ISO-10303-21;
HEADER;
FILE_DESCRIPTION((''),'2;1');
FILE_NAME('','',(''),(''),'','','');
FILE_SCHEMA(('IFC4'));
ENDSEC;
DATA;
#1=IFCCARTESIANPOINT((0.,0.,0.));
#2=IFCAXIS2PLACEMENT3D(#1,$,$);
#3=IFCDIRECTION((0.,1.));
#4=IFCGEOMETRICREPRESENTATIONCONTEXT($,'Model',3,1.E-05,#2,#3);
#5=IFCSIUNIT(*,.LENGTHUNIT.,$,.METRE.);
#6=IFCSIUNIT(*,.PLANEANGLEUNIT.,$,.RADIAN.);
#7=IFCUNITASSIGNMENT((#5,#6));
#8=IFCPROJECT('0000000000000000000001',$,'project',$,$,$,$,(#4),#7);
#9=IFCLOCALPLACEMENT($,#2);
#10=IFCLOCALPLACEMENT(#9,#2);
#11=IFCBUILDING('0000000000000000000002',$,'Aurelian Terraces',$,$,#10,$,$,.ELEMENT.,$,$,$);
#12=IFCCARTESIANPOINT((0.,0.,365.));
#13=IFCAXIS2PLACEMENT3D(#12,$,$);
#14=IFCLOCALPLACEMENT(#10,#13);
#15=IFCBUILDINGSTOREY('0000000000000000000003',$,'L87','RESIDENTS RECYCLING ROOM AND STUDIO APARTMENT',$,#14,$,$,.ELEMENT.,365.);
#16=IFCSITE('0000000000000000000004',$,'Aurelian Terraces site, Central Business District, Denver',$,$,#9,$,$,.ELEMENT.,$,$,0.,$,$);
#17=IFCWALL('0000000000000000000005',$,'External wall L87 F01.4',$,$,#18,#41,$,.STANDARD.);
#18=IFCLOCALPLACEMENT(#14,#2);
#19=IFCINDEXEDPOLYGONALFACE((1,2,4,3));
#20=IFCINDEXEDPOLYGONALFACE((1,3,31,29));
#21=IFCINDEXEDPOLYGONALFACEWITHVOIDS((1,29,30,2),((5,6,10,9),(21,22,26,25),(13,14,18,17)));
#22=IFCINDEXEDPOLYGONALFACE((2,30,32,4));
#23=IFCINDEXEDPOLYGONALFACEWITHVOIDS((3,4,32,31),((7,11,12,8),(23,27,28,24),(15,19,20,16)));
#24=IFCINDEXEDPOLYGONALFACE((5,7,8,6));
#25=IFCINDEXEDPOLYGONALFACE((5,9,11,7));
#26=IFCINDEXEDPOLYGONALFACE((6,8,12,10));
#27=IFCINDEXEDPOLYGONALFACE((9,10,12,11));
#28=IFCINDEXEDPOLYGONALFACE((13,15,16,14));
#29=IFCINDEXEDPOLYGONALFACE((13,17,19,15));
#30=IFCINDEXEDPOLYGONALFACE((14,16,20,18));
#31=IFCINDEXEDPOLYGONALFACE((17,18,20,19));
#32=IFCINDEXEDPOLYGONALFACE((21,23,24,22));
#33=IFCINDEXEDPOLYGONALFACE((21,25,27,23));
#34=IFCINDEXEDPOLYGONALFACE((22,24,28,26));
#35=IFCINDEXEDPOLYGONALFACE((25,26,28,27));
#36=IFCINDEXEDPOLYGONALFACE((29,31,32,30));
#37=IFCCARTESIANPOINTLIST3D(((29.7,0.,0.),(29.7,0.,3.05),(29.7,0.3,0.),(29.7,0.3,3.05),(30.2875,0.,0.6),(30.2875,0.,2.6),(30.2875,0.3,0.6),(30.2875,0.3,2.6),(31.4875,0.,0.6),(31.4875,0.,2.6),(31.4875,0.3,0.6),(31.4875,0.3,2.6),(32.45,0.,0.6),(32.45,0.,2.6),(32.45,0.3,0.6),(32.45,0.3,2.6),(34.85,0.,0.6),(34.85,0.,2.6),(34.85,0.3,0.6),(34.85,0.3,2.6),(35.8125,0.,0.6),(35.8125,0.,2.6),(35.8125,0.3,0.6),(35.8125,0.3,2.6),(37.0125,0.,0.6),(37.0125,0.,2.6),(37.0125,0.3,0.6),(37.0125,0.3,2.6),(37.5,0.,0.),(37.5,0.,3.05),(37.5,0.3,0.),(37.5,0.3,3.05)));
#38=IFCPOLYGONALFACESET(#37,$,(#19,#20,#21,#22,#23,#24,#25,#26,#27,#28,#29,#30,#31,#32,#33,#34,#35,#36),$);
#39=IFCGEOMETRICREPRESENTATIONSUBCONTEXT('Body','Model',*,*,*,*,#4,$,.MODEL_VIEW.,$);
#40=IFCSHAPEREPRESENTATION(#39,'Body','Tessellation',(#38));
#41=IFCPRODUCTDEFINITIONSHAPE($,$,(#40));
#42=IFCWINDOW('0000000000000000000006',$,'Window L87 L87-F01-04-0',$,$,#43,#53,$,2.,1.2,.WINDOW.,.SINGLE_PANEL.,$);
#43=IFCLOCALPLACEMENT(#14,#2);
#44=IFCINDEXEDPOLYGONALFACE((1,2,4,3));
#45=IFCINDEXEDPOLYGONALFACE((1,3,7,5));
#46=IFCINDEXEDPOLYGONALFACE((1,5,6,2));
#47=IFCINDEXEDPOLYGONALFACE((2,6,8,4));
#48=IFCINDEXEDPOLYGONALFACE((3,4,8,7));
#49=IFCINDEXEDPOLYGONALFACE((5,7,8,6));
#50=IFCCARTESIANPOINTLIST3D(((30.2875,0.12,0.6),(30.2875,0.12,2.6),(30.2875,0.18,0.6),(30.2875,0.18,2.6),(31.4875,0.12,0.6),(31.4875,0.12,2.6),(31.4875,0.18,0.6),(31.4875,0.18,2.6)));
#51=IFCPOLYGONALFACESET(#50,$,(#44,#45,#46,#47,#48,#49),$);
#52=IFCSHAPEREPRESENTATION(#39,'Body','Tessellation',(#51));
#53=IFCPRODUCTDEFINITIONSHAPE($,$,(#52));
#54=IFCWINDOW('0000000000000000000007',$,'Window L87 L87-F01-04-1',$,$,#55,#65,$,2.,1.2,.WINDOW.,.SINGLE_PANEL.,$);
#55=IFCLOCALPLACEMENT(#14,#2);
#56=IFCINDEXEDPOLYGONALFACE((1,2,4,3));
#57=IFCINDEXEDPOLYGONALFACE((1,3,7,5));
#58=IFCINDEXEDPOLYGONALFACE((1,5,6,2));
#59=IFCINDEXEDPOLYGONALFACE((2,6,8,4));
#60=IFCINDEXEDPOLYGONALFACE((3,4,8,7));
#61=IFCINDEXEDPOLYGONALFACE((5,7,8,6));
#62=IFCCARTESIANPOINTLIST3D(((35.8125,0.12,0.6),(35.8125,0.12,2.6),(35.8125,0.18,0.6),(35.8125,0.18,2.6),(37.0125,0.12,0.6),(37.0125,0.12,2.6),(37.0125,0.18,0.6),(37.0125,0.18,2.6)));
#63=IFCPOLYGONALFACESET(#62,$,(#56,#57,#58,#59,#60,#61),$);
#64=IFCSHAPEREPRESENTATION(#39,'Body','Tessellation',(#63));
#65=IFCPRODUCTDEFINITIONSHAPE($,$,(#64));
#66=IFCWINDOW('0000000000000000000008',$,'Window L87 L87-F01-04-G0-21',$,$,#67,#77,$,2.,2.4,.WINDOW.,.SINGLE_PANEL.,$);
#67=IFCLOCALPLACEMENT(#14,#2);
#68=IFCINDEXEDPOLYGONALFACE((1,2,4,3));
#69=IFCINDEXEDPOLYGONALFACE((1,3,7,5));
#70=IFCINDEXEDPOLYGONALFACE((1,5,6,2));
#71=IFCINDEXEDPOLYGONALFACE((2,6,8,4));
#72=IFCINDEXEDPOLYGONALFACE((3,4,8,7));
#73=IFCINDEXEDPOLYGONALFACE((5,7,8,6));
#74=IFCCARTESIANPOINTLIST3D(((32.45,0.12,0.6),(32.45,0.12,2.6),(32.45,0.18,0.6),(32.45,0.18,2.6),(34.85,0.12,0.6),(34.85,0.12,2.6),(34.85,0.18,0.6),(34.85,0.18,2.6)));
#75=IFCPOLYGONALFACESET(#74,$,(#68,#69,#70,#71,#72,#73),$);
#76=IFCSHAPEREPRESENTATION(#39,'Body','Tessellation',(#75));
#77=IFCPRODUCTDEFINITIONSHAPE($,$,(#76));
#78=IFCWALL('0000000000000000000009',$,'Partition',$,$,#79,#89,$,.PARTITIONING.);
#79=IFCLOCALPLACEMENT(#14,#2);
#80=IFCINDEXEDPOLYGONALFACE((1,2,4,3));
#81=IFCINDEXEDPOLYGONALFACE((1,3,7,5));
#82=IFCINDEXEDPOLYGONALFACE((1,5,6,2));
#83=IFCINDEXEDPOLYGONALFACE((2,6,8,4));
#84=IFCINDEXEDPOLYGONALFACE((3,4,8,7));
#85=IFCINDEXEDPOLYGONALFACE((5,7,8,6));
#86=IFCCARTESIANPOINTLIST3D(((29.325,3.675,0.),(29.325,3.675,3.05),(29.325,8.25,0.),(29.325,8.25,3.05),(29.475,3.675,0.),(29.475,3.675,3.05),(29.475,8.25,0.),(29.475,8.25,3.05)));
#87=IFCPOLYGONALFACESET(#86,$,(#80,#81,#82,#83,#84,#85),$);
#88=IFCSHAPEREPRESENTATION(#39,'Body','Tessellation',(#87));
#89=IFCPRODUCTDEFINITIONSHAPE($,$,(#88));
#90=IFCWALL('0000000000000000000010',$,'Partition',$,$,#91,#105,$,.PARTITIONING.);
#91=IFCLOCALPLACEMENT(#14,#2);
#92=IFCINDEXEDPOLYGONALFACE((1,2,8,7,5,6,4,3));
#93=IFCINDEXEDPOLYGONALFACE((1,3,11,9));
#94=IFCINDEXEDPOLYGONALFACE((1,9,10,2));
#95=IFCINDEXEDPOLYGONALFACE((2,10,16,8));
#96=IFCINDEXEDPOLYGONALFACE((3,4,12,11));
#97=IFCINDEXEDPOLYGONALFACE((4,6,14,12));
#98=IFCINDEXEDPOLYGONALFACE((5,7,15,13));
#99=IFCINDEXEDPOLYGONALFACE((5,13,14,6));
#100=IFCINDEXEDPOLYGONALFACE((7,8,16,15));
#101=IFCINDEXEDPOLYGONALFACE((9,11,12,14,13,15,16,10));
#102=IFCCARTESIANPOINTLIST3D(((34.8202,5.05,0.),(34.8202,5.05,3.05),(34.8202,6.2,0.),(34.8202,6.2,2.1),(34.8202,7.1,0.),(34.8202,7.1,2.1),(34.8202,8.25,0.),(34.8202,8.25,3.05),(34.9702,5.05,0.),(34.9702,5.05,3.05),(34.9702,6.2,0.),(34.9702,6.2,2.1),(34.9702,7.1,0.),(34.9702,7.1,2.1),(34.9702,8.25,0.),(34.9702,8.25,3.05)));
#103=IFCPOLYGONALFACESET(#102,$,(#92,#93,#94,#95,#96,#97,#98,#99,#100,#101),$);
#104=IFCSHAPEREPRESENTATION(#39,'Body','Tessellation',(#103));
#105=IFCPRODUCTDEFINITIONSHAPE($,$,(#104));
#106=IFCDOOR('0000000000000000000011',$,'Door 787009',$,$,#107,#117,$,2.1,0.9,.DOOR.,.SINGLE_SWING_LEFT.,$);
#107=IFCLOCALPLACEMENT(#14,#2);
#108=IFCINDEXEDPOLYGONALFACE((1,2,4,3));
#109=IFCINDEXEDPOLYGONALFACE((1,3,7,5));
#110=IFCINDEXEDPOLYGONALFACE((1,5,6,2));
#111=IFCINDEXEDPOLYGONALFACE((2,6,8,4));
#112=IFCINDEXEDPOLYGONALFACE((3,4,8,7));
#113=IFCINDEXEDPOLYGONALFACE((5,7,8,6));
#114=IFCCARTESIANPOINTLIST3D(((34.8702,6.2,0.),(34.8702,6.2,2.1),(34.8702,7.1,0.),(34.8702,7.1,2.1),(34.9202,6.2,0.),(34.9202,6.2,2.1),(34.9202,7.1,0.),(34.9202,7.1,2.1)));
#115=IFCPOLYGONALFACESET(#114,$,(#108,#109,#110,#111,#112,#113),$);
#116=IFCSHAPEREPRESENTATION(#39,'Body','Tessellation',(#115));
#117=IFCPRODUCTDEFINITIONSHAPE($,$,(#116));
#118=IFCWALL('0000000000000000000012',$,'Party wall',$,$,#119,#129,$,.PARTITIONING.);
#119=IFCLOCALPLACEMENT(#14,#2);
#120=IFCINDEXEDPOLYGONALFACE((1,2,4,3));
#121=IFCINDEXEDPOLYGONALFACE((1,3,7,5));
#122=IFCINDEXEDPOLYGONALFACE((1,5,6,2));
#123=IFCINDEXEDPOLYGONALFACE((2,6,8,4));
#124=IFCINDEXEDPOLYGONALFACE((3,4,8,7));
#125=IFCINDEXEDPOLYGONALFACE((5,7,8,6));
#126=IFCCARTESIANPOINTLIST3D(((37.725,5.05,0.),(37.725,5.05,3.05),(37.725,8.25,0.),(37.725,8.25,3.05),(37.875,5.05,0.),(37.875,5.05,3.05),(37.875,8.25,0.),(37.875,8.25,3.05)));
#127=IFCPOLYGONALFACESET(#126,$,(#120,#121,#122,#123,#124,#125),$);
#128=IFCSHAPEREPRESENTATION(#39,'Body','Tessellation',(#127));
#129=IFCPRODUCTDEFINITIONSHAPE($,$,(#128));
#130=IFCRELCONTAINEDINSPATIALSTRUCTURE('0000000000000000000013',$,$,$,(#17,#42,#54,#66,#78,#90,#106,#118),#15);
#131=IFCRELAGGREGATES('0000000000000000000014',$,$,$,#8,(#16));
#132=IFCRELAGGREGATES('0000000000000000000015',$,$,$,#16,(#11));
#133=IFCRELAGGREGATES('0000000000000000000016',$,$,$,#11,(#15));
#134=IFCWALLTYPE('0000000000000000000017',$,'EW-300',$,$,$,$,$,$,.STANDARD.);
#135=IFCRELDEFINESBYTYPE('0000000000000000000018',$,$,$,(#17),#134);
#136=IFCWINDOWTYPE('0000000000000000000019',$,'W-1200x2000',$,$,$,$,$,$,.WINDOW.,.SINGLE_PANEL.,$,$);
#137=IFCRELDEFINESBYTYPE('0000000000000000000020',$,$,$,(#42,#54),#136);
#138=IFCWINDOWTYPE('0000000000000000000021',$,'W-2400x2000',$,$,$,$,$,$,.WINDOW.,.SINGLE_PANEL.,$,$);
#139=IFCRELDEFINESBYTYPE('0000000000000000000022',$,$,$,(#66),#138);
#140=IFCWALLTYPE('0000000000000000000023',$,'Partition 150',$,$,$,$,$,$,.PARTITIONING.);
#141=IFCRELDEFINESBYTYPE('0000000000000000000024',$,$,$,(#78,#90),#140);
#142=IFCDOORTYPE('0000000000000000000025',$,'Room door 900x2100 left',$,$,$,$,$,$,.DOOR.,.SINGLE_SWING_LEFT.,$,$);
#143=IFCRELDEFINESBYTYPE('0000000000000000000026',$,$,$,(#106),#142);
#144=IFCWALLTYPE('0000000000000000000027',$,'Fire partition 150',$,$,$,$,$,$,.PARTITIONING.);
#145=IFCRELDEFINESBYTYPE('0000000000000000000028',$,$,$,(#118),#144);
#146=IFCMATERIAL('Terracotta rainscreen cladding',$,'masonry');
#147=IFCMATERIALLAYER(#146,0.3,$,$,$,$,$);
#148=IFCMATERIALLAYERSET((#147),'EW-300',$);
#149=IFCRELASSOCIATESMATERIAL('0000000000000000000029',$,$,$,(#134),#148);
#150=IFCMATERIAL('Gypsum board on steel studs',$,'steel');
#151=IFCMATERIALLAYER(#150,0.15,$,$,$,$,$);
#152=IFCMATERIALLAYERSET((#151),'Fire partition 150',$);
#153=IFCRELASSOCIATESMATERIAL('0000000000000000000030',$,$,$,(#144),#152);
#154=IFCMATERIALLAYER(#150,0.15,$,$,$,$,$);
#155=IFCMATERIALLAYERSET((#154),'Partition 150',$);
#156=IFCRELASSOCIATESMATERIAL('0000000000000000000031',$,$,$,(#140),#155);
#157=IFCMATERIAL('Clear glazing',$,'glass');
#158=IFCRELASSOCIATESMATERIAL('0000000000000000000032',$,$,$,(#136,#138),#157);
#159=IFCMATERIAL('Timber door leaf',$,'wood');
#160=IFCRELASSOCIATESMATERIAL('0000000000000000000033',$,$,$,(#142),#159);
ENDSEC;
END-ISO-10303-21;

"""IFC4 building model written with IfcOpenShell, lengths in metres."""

from ifc_helpers import new_model, si_unit, direction, frame, frame_2d, origin, place, context, subcontext, project, spatial, rectangle, extrude, source, transform, mapped, material, layer, layer_set, type_object, element, fill, save


model = new_model("IFC4")

# Units and contexts
model_context = context("Model", 3, precision=1e-05, world=origin(), true_north=direction((0.0, 1.0)))
body_context = subcontext(model_context, "Body", "Model", "MODEL_VIEW")
ifc_project = project(units=[si_unit("LENGTHUNIT", "METRE"), si_unit("PLANEANGLEUNIT", "RADIAN")], contexts=[model_context])

# Site, building, storey
site_placement = place(None, origin())
site = spatial("IfcSite", under=ifc_project, at=site_placement, Name="Aurelian Terraces site, Central Business District, Denver", CompositionType="ELEMENT", RefElevation=0.0)
building_placement = place(site_placement, origin())
building = spatial("IfcBuilding", under=site, at=building_placement, Name="Aurelian Terraces", CompositionType="ELEMENT")
storey_placement = place(building_placement, frame((0.0, 0.0, 365.0)))
storey = spatial("IfcBuildingStorey", under=building, at=storey_placement, Name="L87", Description="RESIDENTS RECYCLING ROOM AND STUDIO APARTMENT", CompositionType="ELEMENT", Elevation=365.0)

# Shared definitions
ifc_material_1 = material(Name="Gypsum board on steel studs", Category="steel")
ifc_material_2 = material(Name="Terracotta rainscreen cladding", Category="masonry")
ifc_layer_1 = layer(ifc_material_2, 0.3)
ifc_layer_set_1 = layer_set([ifc_layer_1], Name="EW-300")
wall_type_1 = type_object("IfcWallType", Name="EW-300", PredefinedType="STANDARD", material=ifc_layer_set_1)
ifc_layer_2 = layer(ifc_material_1, 0.15)
ifc_layer_set_2 = layer_set([ifc_layer_2], Name="Fire partition 150")
wall_type_2 = type_object("IfcWallType", Name="Fire partition 150", PredefinedType="PARTITIONING", material=ifc_layer_set_2)

# Shared definitions
ifc_layer_3 = layer(ifc_material_1, 0.15)
ifc_layer_set_3 = layer_set([ifc_layer_3], Name="Partition 150")
wall_type_3 = type_object("IfcWallType", Name="Partition 150", PredefinedType="PARTITIONING", material=ifc_layer_set_3)
shared_shape_1 = source(origin(), body_context, "Body", "SweptSolid", [
    extrude(rectangle(XDim=0.9, YDim=2.1, at=frame_2d((0.45, 1.05))), frame((0.0, 0.085, 0.0), z_axis=(0.0, -1.0, 0.0), x_axis=(1.0, 0.0, 0.0)), (0.0, 0.0, 1.0), 0.17),
])
ifc_material_3 = material(Name="Timber door leaf", Category="wood")
shared_shape_2 = source(origin(), body_context, "Body", "SweptSolid", [
    extrude(rectangle(XDim=0.9, YDim=2.1, at=frame_2d((0.45, 1.05))), frame((0.0, 0.025, 0.0), z_axis=(0.0, -1.0, 0.0), x_axis=(1.0, 0.0, 0.0)), (0.0, 0.0, 1.0), 0.05),
])

# Wall, openings, windows
shared_shape_3 = source(origin(), body_context, "Body", "SweptSolid", [
    extrude(rectangle(XDim=7.8, YDim=0.3, at=frame_2d((3.9, 0.0))), origin(), (0.0, 0.0, 1.0), 3.05),
])
wall_1_placement = place(storey_placement, frame((29.7, 0.15, 0.0), z_axis=(0.0, 0.0, 1.0), x_axis=(1.0, 0.0, 0.0)))
wall_1 = element("IfcWall", 1, at=wall_1_placement, inside=storey, type_object=wall_type_1, Name="External wall L87 F01.4", PredefinedType="STANDARD", context=body_context, shape_type="MappedRepresentation", body=[
    mapped(shared_shape_3, transform((0.0, 0.0, 0.0), scale=1.0)),
])
shared_shape_4 = source(origin(), body_context, "Body", "SweptSolid", [
    extrude(rectangle(XDim=1.2, YDim=2.0, at=frame_2d((0.6, 1.0))), frame((0.0, 0.16, 0.0), z_axis=(0.0, -1.0, 0.0), x_axis=(1.0, 0.0, 0.0)), (0.0, 0.0, 1.0), 0.32),
])
opening_1_placement = place(wall_1_placement, frame((0.5875, 0.0, 0.6)))
opening_1 = element("IfcOpeningElement", 2, at=opening_1_placement, cuts=wall_1, PredefinedType="OPENING", context=body_context, shape_type="MappedRepresentation", body=[
    mapped(shared_shape_4, transform((0.0, 0.0, 0.0), scale=1.0)),
])
opening_2_placement = place(wall_1_placement, frame((6.1125, 0.0, 0.6)))
opening_2 = element("IfcOpeningElement", 3, at=opening_2_placement, cuts=wall_1, PredefinedType="OPENING", context=body_context, shape_type="MappedRepresentation", body=[
    mapped(shared_shape_4, transform((0.0, 0.0, 0.0), scale=1.0)),
])
shared_shape_5 = source(origin(), body_context, "Body", "SweptSolid", [
    extrude(rectangle(XDim=2.4, YDim=2.0, at=frame_2d((1.2, 1.0))), frame((0.0, 0.16, 0.0), z_axis=(0.0, -1.0, 0.0), x_axis=(1.0, 0.0, 0.0)), (0.0, 0.0, 1.0), 0.32),
])
opening_3_placement = place(wall_1_placement, frame((2.75, 0.0, 0.6)))
opening_3 = element("IfcOpeningElement", 4, at=opening_3_placement, cuts=wall_1, PredefinedType="OPENING", context=body_context, shape_type="MappedRepresentation", body=[
    mapped(shared_shape_5, transform((0.0, 0.0, 0.0), scale=1.0)),
])
ifc_material_4 = material(Name="Clear glazing", Category="glass")
window_type_1 = type_object("IfcWindowType", Name="W-1200x2000", PartitioningType="SINGLE_PANEL", PredefinedType="WINDOW", material=ifc_material_4)
shared_shape_6 = source(origin(), body_context, "Body", "SweptSolid", [
    extrude(rectangle(XDim=1.2, YDim=2.0, at=frame_2d((0.6, 1.0))), frame((0.0, 0.03, 0.0), z_axis=(0.0, -1.0, 0.0), x_axis=(1.0, 0.0, 0.0)), (0.0, 0.0, 1.0), 0.06),
])
window_1_placement = place(opening_1_placement, origin())
window_1 = element("IfcWindow", 5, at=window_1_placement, inside=storey, type_object=window_type_1, Name="Window L87 L87-F01-04-0", OverallHeight=2.0, OverallWidth=1.2, PartitioningType="SINGLE_PANEL", PredefinedType="WINDOW", context=body_context, shape_type="MappedRepresentation", body=[
    mapped(shared_shape_6, transform((0.0, 0.0, 0.0), scale=1.0)),
])
fill(opening_1, window_1)
window_2_placement = place(opening_2_placement, origin())
window_2 = element("IfcWindow", 6, at=window_2_placement, inside=storey, type_object=window_type_1, Name="Window L87 L87-F01-04-1", OverallHeight=2.0, OverallWidth=1.2, PartitioningType="SINGLE_PANEL", PredefinedType="WINDOW", context=body_context, shape_type="MappedRepresentation", body=[
    mapped(shared_shape_6, transform((0.0, 0.0, 0.0), scale=1.0)),
])
fill(opening_2, window_2)
window_type_2 = type_object("IfcWindowType", Name="W-2400x2000", PartitioningType="SINGLE_PANEL", PredefinedType="WINDOW", material=ifc_material_4)
shared_shape_7 = source(origin(), body_context, "Body", "SweptSolid", [
    extrude(rectangle(XDim=2.4, YDim=2.0, at=frame_2d((1.2, 1.0))), frame((0.0, 0.03, 0.0), z_axis=(0.0, -1.0, 0.0), x_axis=(1.0, 0.0, 0.0)), (0.0, 0.0, 1.0), 0.06),
])
window_3_placement = place(opening_3_placement, origin())
window_3 = element("IfcWindow", 7, at=window_3_placement, inside=storey, type_object=window_type_2, Name="Window L87 L87-F01-04-G0-21", OverallHeight=2.0, OverallWidth=2.4, PartitioningType="SINGLE_PANEL", PredefinedType="WINDOW", context=body_context, shape_type="MappedRepresentation", body=[
    mapped(shared_shape_7, transform((0.0, 0.0, 0.0), scale=1.0)),
])
fill(opening_3, window_3)

# Wall
shared_shape_8 = source(origin(), body_context, "Body", "SweptSolid", [
    extrude(rectangle(XDim=4.575, YDim=0.15, at=frame_2d((2.2875, 0.0))), origin(), (0.0, 0.0, 1.0), 3.05),
])
wall_2_placement = place(storey_placement, frame((29.4, 3.675, 0.0), z_axis=(0.0, 0.0, 1.0), x_axis=(0.0, 1.0, 0.0)))
element("IfcWall", 8, at=wall_2_placement, inside=storey, type_object=wall_type_3, Name="Partition", PredefinedType="PARTITIONING", context=body_context, shape_type="MappedRepresentation", body=[
    mapped(shared_shape_8, transform((0.0, 0.0, 0.0), scale=1.0)),
])

# Wall, opening, door
shared_shape_9 = source(origin(), body_context, "Body", "SweptSolid", [
    extrude(rectangle(XDim=3.2, YDim=0.15, at=frame_2d((1.6, 0.0))), origin(), (0.0, 0.0, 1.0), 3.05),
])
wall_3_placement = place(storey_placement, frame((34.8952, 5.05, 0.0), z_axis=(0.0, 0.0, 1.0), x_axis=(0.0, 1.0, 0.0)))
wall_3 = element("IfcWall", 9, at=wall_3_placement, inside=storey, type_object=wall_type_3, Name="Partition", PredefinedType="PARTITIONING", context=body_context, shape_type="MappedRepresentation", body=[
    mapped(shared_shape_9, transform((0.0, 0.0, 0.0), scale=1.0)),
])
opening_4_placement = place(wall_3_placement, frame((1.15, 0.0, 0.0)))
opening_4 = element("IfcOpeningElement", 10, at=opening_4_placement, cuts=wall_3, PredefinedType="OPENING", context=body_context, shape_type="MappedRepresentation", body=[
    mapped(shared_shape_1, transform((0.0, 0.0, 0.0), scale=1.0)),
])
door_type_1 = type_object("IfcDoorType", Name="Room door 900x2100 left", OperationType="SINGLE_SWING_LEFT", PredefinedType="DOOR", material=ifc_material_3)
door_1_placement = place(opening_4_placement, origin())
door_1 = element("IfcDoor", 11, at=door_1_placement, inside=storey, type_object=door_type_1, Name="Door 787009", OperationType="SINGLE_SWING_LEFT", OverallHeight=2.1, OverallWidth=0.9, PredefinedType="DOOR", context=body_context, shape_type="MappedRepresentation", body=[
    mapped(shared_shape_2, transform((0.0, 0.0, 0.0), scale=1.0)),
])
fill(opening_4, door_1)

# Wall
wall_4_placement = place(storey_placement, frame((37.8, 5.05, 0.0), z_axis=(0.0, 0.0, 1.0), x_axis=(0.0, 1.0, 0.0)))
element("IfcWall", 12, at=wall_4_placement, inside=storey, type_object=wall_type_2, Name="Party wall", PredefinedType="PARTITIONING", context=body_context, shape_type="MappedRepresentation", body=[
    mapped(shared_shape_9, transform((0.0, 0.0, 0.0), scale=1.0)),
])

save(model, "model.ifc")
